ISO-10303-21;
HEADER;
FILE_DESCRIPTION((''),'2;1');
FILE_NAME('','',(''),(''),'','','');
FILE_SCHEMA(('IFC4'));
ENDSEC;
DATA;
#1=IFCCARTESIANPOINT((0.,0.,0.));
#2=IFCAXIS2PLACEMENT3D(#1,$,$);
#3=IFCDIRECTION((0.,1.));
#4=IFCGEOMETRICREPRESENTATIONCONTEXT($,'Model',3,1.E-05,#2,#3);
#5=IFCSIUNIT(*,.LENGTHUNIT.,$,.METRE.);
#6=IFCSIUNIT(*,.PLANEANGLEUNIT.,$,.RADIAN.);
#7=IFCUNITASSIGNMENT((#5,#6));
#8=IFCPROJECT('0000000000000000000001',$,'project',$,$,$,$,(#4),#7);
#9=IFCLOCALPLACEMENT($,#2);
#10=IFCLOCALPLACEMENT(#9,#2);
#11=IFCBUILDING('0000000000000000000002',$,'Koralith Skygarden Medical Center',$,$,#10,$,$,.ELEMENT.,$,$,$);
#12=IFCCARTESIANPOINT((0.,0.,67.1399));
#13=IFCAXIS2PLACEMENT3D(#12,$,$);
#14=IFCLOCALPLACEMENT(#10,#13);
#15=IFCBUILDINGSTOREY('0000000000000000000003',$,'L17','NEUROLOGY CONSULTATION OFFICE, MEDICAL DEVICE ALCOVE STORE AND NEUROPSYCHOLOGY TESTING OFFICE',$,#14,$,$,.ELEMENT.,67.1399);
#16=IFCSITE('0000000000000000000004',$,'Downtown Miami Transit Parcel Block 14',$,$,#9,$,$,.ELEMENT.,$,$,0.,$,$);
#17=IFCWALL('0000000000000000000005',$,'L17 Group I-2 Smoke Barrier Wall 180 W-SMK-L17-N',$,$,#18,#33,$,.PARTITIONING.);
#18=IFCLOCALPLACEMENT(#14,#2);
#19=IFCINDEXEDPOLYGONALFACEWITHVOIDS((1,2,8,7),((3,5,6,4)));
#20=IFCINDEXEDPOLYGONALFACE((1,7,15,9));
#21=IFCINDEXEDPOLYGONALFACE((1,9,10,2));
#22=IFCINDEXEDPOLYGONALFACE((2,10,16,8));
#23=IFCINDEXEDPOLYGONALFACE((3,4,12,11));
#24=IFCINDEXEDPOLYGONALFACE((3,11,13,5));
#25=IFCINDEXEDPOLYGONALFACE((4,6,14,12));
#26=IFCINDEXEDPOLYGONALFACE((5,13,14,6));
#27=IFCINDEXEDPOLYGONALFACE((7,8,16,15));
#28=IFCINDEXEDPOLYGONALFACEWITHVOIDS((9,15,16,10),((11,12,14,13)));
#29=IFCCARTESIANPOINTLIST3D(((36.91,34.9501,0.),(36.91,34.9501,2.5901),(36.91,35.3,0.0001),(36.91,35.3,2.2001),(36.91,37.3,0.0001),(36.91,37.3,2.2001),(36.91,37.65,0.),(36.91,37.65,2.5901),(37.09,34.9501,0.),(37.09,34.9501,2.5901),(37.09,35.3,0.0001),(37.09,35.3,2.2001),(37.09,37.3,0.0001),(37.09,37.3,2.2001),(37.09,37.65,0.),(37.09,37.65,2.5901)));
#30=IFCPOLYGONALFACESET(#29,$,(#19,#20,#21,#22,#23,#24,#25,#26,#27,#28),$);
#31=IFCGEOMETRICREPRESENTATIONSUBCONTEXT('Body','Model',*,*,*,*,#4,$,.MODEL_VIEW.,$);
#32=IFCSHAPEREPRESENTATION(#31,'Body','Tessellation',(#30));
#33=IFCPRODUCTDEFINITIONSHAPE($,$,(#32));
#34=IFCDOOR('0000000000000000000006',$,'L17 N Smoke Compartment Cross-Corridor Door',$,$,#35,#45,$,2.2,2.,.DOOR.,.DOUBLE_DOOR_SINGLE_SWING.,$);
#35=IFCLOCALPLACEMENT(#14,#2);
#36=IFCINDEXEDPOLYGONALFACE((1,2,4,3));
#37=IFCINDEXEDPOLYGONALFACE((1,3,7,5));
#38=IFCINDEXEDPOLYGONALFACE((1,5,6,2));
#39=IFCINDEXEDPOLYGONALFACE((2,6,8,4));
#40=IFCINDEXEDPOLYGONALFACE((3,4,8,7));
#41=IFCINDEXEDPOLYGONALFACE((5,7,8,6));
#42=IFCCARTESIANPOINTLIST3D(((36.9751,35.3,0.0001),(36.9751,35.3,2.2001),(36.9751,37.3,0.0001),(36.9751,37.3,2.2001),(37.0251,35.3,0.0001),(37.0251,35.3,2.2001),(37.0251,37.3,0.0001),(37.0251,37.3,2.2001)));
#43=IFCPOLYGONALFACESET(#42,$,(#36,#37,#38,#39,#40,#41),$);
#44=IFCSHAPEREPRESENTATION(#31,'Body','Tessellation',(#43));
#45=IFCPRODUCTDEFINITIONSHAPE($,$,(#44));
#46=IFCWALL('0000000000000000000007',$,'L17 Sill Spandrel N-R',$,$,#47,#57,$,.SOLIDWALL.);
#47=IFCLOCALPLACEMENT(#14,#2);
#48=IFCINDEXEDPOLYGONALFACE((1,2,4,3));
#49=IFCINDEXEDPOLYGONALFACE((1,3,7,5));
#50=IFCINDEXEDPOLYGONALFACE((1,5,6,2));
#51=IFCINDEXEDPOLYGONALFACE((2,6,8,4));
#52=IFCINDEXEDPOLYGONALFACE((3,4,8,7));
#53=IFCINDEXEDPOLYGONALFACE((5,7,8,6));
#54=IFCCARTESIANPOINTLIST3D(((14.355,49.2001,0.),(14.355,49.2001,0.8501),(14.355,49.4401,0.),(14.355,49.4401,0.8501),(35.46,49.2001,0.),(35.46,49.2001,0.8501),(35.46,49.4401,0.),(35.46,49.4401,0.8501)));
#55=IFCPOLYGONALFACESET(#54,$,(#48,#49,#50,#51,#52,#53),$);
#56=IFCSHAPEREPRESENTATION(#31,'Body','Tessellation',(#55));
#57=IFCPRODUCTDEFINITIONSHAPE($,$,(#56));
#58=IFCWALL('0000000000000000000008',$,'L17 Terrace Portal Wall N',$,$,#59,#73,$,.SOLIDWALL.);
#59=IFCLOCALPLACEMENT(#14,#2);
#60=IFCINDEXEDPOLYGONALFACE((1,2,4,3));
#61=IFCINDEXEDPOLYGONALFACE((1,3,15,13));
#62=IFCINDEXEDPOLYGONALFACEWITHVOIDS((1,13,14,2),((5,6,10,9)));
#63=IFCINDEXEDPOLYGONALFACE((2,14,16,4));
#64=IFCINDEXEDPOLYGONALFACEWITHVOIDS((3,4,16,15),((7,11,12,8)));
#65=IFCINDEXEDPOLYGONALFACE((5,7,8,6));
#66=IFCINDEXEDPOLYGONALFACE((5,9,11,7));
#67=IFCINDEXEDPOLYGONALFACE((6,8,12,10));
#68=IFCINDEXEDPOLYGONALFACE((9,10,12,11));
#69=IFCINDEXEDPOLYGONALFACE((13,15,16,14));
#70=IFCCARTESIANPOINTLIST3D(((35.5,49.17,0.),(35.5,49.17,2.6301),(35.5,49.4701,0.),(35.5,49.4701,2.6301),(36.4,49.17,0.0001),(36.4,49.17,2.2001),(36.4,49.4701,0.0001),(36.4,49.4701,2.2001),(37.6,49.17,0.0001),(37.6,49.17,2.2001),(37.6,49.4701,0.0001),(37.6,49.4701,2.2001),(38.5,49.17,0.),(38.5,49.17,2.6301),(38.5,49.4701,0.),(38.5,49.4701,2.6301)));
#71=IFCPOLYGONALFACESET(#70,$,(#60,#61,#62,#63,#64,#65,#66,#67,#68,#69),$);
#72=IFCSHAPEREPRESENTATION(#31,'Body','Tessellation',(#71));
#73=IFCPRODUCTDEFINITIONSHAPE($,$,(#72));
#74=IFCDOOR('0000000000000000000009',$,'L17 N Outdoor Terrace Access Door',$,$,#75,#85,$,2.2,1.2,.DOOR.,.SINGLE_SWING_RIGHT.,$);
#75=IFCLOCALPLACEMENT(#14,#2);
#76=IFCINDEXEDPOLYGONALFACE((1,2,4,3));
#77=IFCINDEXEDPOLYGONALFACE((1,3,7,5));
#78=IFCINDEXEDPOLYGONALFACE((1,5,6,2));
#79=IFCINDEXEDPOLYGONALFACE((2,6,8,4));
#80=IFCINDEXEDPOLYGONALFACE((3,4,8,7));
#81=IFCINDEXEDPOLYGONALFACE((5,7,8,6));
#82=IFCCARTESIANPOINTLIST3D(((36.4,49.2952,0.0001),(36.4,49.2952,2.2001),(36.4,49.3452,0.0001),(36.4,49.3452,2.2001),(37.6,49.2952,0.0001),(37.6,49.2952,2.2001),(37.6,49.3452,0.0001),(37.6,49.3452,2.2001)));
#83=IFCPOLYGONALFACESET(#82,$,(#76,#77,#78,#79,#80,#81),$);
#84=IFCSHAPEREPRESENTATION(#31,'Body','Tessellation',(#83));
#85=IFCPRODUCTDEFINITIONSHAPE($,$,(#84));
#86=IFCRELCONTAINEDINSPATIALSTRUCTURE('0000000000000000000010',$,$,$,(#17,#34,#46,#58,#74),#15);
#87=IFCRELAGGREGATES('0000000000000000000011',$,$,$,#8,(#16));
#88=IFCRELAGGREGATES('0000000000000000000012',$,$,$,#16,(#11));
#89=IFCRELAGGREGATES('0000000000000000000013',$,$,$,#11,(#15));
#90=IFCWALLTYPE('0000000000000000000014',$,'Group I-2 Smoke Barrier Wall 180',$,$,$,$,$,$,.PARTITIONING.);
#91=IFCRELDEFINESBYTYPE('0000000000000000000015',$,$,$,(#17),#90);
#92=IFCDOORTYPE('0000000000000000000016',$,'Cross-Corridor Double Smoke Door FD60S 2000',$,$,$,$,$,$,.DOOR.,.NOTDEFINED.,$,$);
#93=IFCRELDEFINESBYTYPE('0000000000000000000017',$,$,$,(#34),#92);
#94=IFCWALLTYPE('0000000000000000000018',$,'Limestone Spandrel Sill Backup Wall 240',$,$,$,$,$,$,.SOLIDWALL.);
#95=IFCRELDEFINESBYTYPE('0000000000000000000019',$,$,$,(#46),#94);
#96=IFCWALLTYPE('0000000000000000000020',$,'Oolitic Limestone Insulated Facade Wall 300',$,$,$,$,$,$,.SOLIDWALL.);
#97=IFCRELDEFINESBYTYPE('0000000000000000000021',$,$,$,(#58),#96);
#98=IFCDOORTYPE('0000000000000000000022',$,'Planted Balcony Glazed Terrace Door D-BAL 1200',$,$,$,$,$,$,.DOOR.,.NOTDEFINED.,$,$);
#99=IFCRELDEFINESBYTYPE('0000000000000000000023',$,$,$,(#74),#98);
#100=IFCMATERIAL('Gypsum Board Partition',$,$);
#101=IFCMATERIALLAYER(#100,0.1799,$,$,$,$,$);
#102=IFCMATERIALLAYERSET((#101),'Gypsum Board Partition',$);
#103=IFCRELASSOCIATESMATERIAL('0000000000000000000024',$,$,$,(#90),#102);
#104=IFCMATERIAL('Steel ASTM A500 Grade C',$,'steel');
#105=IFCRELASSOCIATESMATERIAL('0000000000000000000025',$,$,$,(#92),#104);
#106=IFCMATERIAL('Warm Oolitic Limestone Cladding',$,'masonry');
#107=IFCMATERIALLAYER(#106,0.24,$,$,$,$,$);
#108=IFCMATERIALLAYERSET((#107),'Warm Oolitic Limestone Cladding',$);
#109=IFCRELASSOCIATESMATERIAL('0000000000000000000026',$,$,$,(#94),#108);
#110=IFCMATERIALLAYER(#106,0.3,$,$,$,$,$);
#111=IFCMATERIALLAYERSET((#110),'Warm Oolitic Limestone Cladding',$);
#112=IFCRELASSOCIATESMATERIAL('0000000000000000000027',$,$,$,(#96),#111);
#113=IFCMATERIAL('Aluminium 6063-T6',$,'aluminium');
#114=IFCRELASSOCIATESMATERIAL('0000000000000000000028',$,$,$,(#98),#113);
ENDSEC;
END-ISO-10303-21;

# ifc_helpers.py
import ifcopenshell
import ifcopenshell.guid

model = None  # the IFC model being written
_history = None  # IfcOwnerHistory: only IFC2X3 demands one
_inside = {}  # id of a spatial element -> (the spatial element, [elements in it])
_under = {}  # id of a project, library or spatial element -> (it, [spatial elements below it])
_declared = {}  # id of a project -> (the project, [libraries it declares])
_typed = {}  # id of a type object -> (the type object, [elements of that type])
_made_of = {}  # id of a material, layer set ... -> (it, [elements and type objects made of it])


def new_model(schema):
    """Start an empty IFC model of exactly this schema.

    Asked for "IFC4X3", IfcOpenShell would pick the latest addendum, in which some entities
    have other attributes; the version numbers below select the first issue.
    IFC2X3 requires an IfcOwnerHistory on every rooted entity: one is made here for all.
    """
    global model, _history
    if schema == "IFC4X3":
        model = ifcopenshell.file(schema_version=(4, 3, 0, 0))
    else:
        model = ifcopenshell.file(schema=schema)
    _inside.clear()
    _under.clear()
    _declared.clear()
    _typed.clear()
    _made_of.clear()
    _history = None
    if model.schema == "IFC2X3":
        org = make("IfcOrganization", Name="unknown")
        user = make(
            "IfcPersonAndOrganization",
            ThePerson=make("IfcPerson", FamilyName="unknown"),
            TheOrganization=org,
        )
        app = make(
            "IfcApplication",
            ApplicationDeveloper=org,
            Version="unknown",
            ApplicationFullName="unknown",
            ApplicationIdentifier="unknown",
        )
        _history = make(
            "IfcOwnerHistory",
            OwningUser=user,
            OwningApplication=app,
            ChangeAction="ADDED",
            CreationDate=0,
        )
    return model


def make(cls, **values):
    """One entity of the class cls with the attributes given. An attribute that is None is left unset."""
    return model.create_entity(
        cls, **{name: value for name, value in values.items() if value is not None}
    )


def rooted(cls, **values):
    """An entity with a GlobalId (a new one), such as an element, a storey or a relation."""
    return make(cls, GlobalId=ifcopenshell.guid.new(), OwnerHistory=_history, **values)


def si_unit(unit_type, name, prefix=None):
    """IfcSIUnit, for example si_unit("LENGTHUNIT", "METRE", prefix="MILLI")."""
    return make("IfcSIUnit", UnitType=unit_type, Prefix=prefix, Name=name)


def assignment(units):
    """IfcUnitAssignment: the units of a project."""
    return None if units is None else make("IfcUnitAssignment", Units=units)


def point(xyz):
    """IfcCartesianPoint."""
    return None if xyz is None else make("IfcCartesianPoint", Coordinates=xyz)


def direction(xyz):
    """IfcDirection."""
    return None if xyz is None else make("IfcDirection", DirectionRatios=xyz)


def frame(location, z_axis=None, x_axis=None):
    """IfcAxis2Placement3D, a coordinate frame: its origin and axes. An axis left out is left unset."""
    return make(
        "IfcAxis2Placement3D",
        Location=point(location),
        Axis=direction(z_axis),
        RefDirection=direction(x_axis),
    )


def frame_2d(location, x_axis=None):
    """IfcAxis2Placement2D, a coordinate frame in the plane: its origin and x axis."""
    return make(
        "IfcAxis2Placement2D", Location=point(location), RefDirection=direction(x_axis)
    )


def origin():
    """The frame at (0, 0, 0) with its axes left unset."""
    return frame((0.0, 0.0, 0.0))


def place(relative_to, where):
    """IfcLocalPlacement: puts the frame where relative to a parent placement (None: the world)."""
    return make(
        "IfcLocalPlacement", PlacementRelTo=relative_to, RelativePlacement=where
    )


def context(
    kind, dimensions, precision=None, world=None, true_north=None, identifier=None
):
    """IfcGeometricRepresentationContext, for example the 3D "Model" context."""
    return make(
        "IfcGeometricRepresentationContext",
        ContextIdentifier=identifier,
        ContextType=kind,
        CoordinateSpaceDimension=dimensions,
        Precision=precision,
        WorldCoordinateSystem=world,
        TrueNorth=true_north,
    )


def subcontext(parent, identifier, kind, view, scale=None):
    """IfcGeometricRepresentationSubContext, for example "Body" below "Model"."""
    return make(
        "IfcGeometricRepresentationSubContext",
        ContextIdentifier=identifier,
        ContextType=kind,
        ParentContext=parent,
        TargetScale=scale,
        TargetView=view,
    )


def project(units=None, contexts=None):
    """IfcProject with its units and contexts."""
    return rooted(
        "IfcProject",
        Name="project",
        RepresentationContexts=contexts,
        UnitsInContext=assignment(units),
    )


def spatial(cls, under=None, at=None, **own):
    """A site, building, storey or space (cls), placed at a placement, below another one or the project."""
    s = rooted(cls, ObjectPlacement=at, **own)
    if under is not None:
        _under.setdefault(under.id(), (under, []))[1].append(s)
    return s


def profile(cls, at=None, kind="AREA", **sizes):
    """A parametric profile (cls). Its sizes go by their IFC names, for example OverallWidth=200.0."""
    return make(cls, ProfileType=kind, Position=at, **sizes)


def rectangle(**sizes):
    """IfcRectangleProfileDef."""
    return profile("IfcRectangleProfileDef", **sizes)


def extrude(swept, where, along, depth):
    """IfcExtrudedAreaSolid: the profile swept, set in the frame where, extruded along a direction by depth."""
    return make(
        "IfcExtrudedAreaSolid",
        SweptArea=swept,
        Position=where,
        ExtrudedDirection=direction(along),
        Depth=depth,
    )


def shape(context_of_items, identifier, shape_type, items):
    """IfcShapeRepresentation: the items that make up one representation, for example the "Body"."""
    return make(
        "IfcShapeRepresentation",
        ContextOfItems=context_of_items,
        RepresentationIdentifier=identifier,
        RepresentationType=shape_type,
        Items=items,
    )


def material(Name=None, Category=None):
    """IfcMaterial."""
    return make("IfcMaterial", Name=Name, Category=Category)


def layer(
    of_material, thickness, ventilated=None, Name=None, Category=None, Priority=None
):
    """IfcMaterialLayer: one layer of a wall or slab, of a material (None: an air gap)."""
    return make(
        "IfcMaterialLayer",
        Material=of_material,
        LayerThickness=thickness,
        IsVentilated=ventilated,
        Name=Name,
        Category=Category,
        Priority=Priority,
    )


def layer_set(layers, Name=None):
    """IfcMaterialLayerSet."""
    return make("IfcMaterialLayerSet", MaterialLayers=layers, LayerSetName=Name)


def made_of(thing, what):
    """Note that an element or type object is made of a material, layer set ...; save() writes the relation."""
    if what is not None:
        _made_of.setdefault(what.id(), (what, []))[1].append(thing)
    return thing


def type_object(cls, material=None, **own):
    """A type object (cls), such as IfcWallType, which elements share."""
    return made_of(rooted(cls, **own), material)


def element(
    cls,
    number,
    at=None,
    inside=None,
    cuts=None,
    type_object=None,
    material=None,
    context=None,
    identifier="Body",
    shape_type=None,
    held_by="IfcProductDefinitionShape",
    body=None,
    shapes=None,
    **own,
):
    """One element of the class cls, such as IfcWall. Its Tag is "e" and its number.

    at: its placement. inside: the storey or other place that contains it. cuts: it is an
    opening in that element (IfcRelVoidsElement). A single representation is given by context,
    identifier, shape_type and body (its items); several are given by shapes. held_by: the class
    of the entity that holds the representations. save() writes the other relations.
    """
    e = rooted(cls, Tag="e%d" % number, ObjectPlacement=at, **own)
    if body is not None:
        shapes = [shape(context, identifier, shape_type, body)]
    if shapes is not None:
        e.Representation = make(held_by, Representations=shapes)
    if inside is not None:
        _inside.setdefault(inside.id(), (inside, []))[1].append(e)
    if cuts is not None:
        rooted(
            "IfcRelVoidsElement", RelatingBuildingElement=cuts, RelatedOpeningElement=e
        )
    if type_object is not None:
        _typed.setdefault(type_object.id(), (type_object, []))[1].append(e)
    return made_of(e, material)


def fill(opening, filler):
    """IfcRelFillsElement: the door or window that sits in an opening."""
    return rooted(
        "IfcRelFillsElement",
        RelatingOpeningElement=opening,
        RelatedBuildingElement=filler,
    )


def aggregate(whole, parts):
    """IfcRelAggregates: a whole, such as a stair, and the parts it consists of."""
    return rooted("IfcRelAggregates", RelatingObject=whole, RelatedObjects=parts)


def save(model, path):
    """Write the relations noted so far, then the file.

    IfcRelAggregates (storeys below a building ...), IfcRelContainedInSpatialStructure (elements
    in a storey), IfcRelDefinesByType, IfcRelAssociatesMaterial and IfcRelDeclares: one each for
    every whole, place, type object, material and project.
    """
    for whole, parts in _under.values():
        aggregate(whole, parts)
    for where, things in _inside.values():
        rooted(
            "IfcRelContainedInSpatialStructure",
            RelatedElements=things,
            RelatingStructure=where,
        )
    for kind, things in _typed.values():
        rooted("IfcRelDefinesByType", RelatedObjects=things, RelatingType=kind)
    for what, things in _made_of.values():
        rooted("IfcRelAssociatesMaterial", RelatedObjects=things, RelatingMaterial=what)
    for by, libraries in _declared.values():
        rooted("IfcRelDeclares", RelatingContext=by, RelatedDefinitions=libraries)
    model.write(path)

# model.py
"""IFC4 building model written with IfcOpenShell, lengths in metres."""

from ifc_helpers import new_model, si_unit, direction, frame, frame_2d, origin, place, context, subcontext, project, spatial, rectangle, extrude, material, layer, layer_set, type_object, element, fill, save


model = new_model("IFC4")

# Units and contexts
model_context = context("Model", 3, precision=1e-05, world=origin(), true_north=direction((0.0, 1.0)))
body_context = subcontext(model_context, "Body", "Model", "MODEL_VIEW")
ifc_project = project(units=[si_unit("LENGTHUNIT", "METRE"), si_unit("PLANEANGLEUNIT", "RADIAN")], contexts=[model_context])

# Site, building, storey
site_placement = place(None, origin())
site = spatial("IfcSite", under=ifc_project, at=site_placement, Name="Downtown Miami Transit Parcel Block 14", CompositionType="ELEMENT", RefElevation=0.0)
building_placement = place(site_placement, origin())
building = spatial("IfcBuilding", under=site, at=building_placement, Name="Koralith Skygarden Medical Center", CompositionType="ELEMENT")
storey_placement = place(building_placement, frame((0.0, 0.0, 67.1399)))
storey = spatial("IfcBuildingStorey", under=building, at=storey_placement, Name="L17", Description="NEUROLOGY CONSULTATION OFFICE, MEDICAL DEVICE ALCOVE STORE AND NEUROPSYCHOLOGY TESTING OFFICE", CompositionType="ELEMENT", Elevation=67.1399)

# Shared definitions
ifc_material_1 = material(Name="Aluminium 6063-T6", Category="aluminium")

# Shared definitions
ifc_material_2 = material(Name="Gypsum Board Partition")

# Wall, opening, door
ifc_layer_1 = layer(ifc_material_2, 0.1799)
ifc_layer_set_1 = layer_set([ifc_layer_1], Name="Gypsum Board Partition")
wall_type_1 = type_object("IfcWallType", Name="Group I-2 Smoke Barrier Wall 180", PredefinedType="PARTITIONING", material=ifc_layer_set_1)
wall_1_placement = place(storey_placement, frame((37.0, 34.95, 0.0), z_axis=(0.0, 0.0, 1.0), x_axis=(0.0, 1.0, 0.0)))
wall_1 = element("IfcWall", 1, at=wall_1_placement, inside=storey, type_object=wall_type_1, Name="L17 Group I-2 Smoke Barrier Wall 180 W-SMK-L17-N", PredefinedType="PARTITIONING", context=body_context, shape_type="SweptSolid", body=[
    extrude(rectangle(XDim=2.7, YDim=0.1799, at=frame_2d((1.3501, 0.0))), origin(), (0.0, 0.0, 1.0), 2.5901),
])
opening_1_placement = place(wall_1_placement, frame((0.3501, 0.0, 0.0)))
opening_1 = element("IfcOpeningElement", 2, at=opening_1_placement, cuts=wall_1, PredefinedType="OPENING", context=body_context, shape_type="SweptSolid", body=[
    extrude(rectangle(XDim=2.0, YDim=2.2, at=frame_2d((1.0, 1.1001))), frame((0.0, 0.0999, 0.0), z_axis=(0.0, -1.0, 0.0), x_axis=(1.0, 0.0, 0.0)), (0.0, 0.0, 1.0), 0.2),
])
ifc_material_3 = material(Name="Steel ASTM A500 Grade C", Category="steel")
door_type_1 = type_object("IfcDoorType", Name="Cross-Corridor Double Smoke Door FD60S 2000", OperationType="NOTDEFINED", PredefinedType="DOOR", material=ifc_material_3)
door_1_placement = place(opening_1_placement, origin())
door_1 = element("IfcDoor", 3, at=door_1_placement, inside=storey, type_object=door_type_1, Name="L17 N Smoke Compartment Cross-Corridor Door", OperationType="DOUBLE_DOOR_SINGLE_SWING", OverallHeight=2.2, OverallWidth=2.0, PredefinedType="DOOR", context=body_context, shape_type="SweptSolid", body=[
    extrude(rectangle(XDim=2.0, YDim=2.2, at=frame_2d((1.0, 1.1001))), frame((0.0, 0.0249, 0.0), z_axis=(0.0, -1.0, 0.0), x_axis=(1.0, 0.0, 0.0)), (0.0, 0.0, 1.0), 0.05),
])
fill(opening_1, door_1)

# Wall
ifc_material_4 = material(Name="Warm Oolitic Limestone Cladding", Category="masonry")
ifc_layer_2 = layer(ifc_material_4, 0.24)
ifc_layer_set_2 = layer_set([ifc_layer_2], Name="Warm Oolitic Limestone Cladding")
wall_type_2 = type_object("IfcWallType", Name="Limestone Spandrel Sill Backup Wall 240", PredefinedType="SOLIDWALL", material=ifc_layer_set_2)
wall_2_placement = place(storey_placement, frame((35.46, 49.3201, 0.0), z_axis=(0.0, 0.0, 1.0), x_axis=(-1.0, 0.0, 0.0)))
element("IfcWall", 4, at=wall_2_placement, inside=storey, type_object=wall_type_2, Name="L17 Sill Spandrel N-R", PredefinedType="SOLIDWALL", context=body_context, shape_type="SweptSolid", body=[
    extrude(rectangle(XDim=21.105, YDim=0.24, at=frame_2d((10.5525, 0.0))), origin(), (0.0, 0.0, 1.0), 0.8501),
])

# Wall, opening, door
ifc_layer_3 = layer(ifc_material_4, 0.3)
ifc_layer_set_3 = layer_set([ifc_layer_3], Name="Warm Oolitic Limestone Cladding")
wall_type_3 = type_object("IfcWallType", Name="Oolitic Limestone Insulated Facade Wall 300", PredefinedType="SOLIDWALL", material=ifc_layer_set_3)
wall_3_placement = place(storey_placement, frame((38.5, 49.3201, 0.0), z_axis=(0.0, 0.0, 1.0), x_axis=(-1.0, 0.0, 0.0)))
wall_3 = element("IfcWall", 5, at=wall_3_placement, inside=storey, type_object=wall_type_3, Name="L17 Terrace Portal Wall N", PredefinedType="SOLIDWALL", context=body_context, shape_type="SweptSolid", body=[
    extrude(rectangle(XDim=3.0, YDim=0.3, at=frame_2d((1.5, 0.0))), origin(), (0.0, 0.0, 1.0), 2.6301),
])
opening_2_placement = place(wall_3_placement, frame((0.8999, 0.0, 0.0)))
opening_2 = element("IfcOpeningElement", 6, at=opening_2_placement, cuts=wall_3, PredefinedType="OPENING", context=body_context, shape_type="SweptSolid", body=[
    extrude(rectangle(XDim=1.2, YDim=2.2, at=frame_2d((0.6001, 1.1001))), frame((0.0, 0.1599, 0.0), z_axis=(0.0, -1.0, 0.0), x_axis=(1.0, 0.0, 0.0)), (0.0, 0.0, 1.0), 0.3201),
])
door_type_2 = type_object("IfcDoorType", Name="Planted Balcony Glazed Terrace Door D-BAL 1200", OperationType="NOTDEFINED", PredefinedType="DOOR", material=ifc_material_1)
door_2_placement = place(opening_2_placement, origin())
door_2 = element("IfcDoor", 7, at=door_2_placement, inside=storey, type_object=door_type_2, Name="L17 N Outdoor Terrace Access Door", OperationType="SINGLE_SWING_RIGHT", OverallHeight=2.2, OverallWidth=1.2, PredefinedType="DOOR", context=body_context, shape_type="SweptSolid", body=[
    extrude(rectangle(XDim=1.2, YDim=2.2, at=frame_2d((0.6001, 1.1001))), frame((0.0, 0.0249, 0.0), z_axis=(0.0, -1.0, 0.0), x_axis=(1.0, 0.0, 0.0)), (0.0, 0.0, 1.0), 0.05),
])
fill(opening_2, door_2)

save(model, "model.ifc")
